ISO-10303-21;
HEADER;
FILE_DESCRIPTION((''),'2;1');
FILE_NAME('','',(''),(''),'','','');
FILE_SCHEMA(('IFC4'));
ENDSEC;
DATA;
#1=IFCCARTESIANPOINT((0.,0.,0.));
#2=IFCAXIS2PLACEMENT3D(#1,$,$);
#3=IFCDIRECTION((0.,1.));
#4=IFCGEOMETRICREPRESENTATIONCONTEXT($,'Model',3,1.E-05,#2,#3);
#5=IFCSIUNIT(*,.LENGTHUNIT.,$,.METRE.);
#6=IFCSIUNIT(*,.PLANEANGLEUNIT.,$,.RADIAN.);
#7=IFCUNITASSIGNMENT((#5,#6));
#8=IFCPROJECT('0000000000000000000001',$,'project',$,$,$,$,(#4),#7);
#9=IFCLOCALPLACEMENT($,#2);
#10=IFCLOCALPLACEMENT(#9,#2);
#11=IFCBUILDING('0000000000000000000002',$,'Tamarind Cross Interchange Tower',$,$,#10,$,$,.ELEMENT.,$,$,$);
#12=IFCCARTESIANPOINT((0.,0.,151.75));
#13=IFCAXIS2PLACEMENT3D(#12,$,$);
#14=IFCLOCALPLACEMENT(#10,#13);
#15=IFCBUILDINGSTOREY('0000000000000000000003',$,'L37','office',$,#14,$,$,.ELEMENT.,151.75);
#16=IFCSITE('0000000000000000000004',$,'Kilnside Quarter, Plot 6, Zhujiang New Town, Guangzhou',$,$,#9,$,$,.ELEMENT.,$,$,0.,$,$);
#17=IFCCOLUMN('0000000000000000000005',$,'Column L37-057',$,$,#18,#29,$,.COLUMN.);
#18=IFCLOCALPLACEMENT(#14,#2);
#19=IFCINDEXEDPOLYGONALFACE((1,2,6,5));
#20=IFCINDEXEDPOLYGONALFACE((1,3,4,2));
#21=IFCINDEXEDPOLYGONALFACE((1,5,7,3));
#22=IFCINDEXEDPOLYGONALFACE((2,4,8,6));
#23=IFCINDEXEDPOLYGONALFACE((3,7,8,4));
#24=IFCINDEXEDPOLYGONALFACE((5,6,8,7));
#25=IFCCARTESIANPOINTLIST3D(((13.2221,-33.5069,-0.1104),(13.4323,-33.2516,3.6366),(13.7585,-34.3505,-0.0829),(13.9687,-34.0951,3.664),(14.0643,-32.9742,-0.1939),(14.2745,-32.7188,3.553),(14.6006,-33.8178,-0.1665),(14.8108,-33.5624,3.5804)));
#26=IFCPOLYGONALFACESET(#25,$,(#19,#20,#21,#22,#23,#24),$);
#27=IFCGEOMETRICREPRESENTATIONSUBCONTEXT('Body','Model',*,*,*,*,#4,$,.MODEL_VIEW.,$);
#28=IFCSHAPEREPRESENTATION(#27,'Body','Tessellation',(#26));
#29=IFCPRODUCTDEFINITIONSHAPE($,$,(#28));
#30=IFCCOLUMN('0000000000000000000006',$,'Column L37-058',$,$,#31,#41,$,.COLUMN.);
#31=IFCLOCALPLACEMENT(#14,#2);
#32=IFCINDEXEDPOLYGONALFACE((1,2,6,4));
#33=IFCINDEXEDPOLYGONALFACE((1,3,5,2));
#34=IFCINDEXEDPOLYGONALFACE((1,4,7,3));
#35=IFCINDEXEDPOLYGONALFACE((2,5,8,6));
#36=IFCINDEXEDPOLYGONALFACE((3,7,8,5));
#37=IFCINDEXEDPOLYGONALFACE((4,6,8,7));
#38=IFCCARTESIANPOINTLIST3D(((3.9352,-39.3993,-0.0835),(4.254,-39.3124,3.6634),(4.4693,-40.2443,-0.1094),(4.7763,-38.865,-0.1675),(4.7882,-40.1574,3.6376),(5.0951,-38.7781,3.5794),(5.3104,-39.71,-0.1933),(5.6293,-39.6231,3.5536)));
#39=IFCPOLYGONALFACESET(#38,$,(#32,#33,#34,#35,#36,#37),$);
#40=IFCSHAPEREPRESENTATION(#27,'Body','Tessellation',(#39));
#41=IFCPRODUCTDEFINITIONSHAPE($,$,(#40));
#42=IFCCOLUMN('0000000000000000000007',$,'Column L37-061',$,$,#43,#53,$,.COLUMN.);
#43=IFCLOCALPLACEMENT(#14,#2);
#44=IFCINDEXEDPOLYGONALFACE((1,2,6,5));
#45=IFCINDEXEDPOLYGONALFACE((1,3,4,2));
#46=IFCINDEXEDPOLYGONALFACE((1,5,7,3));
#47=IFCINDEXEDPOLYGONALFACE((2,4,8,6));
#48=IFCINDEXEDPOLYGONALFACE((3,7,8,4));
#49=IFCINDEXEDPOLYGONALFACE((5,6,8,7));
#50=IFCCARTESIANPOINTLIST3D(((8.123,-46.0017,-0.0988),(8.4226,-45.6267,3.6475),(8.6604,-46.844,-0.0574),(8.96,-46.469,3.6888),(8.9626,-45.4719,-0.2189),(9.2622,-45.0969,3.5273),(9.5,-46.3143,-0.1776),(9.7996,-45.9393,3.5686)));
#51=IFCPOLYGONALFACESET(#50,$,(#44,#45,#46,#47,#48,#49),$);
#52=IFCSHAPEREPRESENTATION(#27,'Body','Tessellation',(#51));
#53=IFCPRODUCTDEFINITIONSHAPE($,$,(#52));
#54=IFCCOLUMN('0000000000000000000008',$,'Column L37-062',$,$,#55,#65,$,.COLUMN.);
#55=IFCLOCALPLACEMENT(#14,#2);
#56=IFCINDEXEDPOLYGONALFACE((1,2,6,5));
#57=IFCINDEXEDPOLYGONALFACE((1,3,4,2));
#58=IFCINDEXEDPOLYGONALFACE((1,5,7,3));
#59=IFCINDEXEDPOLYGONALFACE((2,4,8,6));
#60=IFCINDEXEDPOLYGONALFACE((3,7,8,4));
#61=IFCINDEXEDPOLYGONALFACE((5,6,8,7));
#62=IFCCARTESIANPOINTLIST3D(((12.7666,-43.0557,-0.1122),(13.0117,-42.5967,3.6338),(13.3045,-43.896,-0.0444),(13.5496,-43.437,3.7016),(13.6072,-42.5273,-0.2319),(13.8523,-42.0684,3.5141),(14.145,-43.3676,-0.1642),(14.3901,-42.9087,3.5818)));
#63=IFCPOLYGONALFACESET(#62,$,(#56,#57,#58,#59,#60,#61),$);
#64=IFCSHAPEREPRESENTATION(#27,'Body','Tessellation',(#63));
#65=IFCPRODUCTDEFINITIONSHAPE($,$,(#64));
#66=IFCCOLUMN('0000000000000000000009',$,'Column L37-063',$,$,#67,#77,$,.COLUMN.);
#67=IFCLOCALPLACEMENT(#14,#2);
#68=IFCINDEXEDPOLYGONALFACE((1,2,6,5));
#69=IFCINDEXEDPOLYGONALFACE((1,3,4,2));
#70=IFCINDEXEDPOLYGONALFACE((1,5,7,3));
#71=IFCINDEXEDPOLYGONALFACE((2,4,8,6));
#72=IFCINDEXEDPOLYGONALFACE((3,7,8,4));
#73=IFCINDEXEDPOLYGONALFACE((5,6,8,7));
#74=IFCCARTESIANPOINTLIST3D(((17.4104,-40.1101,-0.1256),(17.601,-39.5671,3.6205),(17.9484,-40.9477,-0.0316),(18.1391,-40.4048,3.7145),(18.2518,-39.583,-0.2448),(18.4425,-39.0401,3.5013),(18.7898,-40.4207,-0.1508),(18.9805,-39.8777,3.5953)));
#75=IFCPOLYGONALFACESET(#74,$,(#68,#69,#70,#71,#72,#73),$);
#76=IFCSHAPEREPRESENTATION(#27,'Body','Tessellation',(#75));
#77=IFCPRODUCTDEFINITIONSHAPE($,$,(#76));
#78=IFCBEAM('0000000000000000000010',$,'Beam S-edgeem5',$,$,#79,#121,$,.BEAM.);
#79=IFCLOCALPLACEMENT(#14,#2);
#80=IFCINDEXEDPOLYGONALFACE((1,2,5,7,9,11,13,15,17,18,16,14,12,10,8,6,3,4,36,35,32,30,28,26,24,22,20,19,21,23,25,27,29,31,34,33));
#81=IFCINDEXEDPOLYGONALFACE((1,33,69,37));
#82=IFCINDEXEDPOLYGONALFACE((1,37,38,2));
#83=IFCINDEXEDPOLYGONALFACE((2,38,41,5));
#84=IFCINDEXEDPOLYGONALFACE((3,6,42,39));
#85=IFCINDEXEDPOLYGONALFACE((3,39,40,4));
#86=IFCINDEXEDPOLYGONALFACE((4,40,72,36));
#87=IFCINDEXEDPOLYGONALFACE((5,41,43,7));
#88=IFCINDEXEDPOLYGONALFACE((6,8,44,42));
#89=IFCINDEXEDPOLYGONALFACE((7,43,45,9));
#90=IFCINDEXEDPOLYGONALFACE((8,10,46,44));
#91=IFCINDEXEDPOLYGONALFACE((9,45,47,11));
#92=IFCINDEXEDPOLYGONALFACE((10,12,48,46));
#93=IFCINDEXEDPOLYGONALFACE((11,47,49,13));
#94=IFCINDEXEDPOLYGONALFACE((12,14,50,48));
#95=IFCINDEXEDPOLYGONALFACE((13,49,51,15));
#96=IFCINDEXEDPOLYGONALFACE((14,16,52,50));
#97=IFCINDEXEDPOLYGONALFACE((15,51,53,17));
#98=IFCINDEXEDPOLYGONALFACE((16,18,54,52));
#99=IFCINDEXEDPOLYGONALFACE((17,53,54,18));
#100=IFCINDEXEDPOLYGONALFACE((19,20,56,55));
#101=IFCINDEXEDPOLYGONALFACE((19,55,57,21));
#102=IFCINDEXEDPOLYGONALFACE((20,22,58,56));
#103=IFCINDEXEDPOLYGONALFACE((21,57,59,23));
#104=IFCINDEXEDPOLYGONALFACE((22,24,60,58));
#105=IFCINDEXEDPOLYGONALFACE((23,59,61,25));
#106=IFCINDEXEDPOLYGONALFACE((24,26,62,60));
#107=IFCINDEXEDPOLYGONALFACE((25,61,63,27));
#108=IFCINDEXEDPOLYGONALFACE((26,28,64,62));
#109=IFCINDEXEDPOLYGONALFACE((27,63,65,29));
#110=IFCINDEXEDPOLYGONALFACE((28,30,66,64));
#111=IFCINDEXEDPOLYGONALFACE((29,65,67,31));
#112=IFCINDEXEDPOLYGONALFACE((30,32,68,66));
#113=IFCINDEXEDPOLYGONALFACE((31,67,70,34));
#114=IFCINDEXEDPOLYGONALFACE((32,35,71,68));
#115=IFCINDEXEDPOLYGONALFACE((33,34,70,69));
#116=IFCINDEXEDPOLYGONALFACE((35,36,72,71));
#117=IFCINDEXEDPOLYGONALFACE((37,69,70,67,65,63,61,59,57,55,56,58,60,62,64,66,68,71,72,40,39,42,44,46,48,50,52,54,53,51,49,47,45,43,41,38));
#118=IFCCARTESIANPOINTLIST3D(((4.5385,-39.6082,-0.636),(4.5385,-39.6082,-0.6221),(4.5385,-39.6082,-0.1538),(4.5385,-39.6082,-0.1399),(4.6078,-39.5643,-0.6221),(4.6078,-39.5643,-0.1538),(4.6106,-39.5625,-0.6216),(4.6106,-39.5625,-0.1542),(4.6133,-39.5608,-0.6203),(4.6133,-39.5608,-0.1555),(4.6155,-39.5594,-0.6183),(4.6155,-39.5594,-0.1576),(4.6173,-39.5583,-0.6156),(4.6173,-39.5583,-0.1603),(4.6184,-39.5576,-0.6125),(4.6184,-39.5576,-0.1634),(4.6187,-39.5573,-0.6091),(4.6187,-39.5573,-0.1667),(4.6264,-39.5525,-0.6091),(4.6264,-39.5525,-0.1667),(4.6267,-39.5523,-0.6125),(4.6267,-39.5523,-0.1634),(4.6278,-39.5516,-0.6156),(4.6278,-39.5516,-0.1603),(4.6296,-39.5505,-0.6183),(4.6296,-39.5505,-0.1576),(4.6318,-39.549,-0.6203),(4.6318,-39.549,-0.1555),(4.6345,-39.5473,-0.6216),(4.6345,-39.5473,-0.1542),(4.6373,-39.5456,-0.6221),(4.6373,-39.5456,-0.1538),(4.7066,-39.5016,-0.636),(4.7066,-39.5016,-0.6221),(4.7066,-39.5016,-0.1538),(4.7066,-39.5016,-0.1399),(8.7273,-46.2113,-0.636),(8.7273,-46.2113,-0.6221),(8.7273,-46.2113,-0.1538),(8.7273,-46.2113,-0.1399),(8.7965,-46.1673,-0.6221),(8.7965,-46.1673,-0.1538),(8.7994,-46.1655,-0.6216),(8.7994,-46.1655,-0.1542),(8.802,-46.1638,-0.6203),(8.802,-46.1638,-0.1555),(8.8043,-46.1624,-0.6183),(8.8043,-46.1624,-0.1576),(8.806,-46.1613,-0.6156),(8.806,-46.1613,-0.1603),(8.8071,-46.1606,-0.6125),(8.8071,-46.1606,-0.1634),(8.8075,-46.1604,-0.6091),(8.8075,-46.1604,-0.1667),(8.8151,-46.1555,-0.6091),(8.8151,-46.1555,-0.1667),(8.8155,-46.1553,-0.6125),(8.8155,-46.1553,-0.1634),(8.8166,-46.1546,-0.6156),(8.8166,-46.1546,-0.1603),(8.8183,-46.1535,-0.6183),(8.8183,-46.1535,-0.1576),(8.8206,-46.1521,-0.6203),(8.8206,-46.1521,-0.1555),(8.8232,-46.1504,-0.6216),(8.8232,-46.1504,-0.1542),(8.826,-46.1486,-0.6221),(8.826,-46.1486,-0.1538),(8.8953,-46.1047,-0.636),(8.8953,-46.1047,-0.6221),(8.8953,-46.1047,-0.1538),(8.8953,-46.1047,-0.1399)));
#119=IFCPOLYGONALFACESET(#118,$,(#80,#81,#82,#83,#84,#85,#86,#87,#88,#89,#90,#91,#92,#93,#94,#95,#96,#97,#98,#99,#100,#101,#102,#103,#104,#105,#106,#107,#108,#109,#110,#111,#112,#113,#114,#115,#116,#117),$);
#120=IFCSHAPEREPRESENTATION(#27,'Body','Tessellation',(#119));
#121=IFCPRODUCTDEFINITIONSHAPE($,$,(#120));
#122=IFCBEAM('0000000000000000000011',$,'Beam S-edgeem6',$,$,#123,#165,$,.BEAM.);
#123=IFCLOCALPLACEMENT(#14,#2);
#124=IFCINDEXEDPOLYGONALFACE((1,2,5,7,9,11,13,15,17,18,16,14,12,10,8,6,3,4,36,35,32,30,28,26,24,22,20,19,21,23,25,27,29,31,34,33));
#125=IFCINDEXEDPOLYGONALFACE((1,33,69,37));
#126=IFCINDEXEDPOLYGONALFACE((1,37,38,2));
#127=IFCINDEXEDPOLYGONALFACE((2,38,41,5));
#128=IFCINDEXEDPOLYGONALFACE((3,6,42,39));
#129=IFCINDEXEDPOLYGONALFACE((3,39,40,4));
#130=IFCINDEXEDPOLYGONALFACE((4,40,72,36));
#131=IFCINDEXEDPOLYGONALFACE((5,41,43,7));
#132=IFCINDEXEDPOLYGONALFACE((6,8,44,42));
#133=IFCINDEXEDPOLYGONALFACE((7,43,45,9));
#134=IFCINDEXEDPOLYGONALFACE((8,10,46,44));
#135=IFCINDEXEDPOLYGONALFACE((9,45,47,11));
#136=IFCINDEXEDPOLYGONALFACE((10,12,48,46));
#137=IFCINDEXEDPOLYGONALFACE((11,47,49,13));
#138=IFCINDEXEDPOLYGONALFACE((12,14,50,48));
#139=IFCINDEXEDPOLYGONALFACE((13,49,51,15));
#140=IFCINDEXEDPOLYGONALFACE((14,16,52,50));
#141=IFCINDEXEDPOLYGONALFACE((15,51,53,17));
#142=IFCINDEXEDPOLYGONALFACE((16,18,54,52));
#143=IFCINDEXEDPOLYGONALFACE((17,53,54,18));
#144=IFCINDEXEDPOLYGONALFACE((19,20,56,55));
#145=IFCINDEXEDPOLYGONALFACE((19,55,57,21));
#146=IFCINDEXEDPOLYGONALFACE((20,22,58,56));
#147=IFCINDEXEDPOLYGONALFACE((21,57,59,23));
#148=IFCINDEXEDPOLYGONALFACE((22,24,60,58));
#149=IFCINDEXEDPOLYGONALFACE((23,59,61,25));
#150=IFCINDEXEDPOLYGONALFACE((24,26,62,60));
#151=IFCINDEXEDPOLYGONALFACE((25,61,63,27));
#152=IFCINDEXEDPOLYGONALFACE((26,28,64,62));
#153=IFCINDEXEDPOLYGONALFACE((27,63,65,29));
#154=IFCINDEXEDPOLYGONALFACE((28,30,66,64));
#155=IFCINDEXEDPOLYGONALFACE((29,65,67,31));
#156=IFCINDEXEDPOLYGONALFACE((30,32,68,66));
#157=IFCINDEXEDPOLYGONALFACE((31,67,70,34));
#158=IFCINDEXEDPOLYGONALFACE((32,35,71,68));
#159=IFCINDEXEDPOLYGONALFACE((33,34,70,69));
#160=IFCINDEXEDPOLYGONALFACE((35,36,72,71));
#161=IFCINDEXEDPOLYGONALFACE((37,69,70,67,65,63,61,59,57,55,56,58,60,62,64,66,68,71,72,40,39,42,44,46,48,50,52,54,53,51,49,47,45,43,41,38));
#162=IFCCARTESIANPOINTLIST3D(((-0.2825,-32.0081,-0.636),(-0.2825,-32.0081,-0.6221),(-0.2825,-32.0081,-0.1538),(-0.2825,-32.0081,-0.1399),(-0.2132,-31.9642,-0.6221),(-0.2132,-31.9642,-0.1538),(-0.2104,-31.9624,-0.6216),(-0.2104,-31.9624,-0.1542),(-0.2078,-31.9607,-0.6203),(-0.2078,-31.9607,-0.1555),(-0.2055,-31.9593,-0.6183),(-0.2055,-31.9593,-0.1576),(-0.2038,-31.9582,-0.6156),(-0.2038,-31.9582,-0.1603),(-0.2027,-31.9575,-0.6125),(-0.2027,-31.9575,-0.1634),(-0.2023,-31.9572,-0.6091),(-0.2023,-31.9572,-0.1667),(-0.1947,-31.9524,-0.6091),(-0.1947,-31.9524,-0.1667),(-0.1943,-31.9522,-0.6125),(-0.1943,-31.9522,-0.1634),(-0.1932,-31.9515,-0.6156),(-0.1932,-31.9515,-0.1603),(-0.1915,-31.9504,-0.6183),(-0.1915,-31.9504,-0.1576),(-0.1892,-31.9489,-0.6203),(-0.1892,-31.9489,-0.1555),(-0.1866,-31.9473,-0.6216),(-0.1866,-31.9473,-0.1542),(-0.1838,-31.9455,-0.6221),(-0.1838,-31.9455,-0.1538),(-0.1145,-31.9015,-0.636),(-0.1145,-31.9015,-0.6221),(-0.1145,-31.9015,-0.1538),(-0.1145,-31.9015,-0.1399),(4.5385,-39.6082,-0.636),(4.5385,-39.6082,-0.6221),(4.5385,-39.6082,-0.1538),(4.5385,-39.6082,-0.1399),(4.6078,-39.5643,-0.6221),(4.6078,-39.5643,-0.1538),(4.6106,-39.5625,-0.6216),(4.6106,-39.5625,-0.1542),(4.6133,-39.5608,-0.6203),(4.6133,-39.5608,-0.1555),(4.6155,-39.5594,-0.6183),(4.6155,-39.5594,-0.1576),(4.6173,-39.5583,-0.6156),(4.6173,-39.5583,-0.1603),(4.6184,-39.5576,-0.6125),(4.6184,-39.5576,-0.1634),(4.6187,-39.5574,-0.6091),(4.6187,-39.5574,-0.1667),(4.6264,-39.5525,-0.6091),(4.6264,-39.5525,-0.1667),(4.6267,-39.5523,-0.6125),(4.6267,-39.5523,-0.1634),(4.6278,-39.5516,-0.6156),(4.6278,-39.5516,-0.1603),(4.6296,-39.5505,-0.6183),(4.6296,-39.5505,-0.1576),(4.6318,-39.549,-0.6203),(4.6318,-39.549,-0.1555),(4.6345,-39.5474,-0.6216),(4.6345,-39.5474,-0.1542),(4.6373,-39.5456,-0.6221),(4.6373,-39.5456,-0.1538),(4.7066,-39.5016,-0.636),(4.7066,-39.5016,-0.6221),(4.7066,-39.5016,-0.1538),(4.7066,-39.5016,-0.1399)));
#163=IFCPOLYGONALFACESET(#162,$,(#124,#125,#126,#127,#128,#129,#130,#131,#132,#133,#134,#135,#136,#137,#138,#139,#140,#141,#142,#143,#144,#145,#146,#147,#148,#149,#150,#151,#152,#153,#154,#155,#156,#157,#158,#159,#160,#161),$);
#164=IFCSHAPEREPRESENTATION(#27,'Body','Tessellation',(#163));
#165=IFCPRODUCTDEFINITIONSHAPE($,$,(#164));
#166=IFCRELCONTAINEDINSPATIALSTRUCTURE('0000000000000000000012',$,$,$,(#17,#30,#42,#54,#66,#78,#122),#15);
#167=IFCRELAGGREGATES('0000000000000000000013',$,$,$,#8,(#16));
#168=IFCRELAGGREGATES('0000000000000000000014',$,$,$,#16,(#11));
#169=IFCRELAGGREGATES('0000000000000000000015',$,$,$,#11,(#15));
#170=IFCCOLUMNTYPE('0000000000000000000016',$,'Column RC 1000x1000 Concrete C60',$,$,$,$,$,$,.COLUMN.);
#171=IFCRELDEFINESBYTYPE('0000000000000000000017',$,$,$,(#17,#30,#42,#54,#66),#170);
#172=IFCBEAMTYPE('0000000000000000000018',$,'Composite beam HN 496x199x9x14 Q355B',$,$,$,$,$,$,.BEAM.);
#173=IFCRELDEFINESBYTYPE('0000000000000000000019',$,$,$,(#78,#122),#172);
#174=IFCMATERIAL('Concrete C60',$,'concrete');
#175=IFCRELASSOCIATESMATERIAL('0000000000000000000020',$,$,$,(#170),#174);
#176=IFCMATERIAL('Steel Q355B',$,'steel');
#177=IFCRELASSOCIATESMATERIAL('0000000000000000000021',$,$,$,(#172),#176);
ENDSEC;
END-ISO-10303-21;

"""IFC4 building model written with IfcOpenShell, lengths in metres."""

from ifc_helpers import new_model, si_unit, direction, frame, origin, origin_2d, place, context, subcontext, project, spatial, rectangle, i_section, extrude, material, material_profile, profile_set, type_object, element, save


model = new_model("IFC4")

# Units and contexts
model_context = context("Model", 3, precision=1e-05, world=origin(), true_north=direction((0.0, 1.0)))
body_context = subcontext(model_context, "Body", "Model", "MODEL_VIEW")
ifc_project = project(units=[si_unit("LENGTHUNIT", "METRE"), si_unit("PLANEANGLEUNIT", "RADIAN")], contexts=[model_context])

# Site, building, storey
site_placement = place(None, origin())
site = spatial("IfcSite", under=ifc_project, at=site_placement, Name="Kilnside Quarter, Plot 6, Zhujiang New Town, Guangzhou", CompositionType="ELEMENT", RefElevation=0.0)
building_placement = place(site_placement, origin())
building = spatial("IfcBuilding", under=site, at=building_placement, Name="Tamarind Cross Interchange Tower", CompositionType="ELEMENT")
storey_placement = place(building_placement, frame((0.0, 0.0, 151.75)))
storey = spatial("IfcBuildingStorey", under=building, at=storey_placement, Name="L37", Description="office", CompositionType="ELEMENT", Elevation=151.75)

# Columns
ifc_material_1 = material(Name="Concrete C60", Category="concrete")
ifc_material_profile_1 = material_profile(ifc_material_1, rectangle(XDim=1.0, YDim=1.0, at=origin_2d()), Name="RC 1000x1000")
ifc_profile_set_1 = profile_set([ifc_material_profile_1], Name="Concrete C60")
column_type = type_object("IfcColumnType", Name="Column RC 1000x1000 Concrete C60", PredefinedType="COLUMN", material=ifc_profile_set_1)
for number, where, z_axis, x_axis, name in (
    (1, (13.9114, -33.6624, -0.1384), (0.055885, 0.067893, 0.996126), (-0.842156, -0.532722, 0.083555), "Column L37-057"),
    (2, (4.6228, -39.5547, -0.1384), (0.084769, 0.023107, 0.996133), (-0.534165, 0.844985, 0.025856), "Column L37-058"),
):
    element("IfcColumn", number, at=place(storey_placement, frame(where, z_axis=z_axis, x_axis=x_axis)), inside=storey, type_object=column_type, Name=name, PredefinedType="COLUMN", context=body_context, shape_type="SweptSolid", body=[
        extrude(rectangle(XDim=1.0, YDim=1.0, at=origin_2d()), origin(), (0.0, 0.0, 1.0), 3.7615),
    ])
column_1_placement = place(storey_placement, frame((8.8115, -46.158, -0.1382), z_axis=(0.079313, 0.099286, 0.991893), x_axis=(-0.839603, -0.529743, 0.120162)))
element("IfcColumn", 3, at=column_1_placement, inside=storey, type_object=column_type, Name="Column L37-061", PredefinedType="COLUMN", context=body_context, shape_type="SweptSolid", body=[
    extrude(rectangle(XDim=1.0, YDim=1.0, at=origin_2d()), origin(), (0.0, 0.0, 1.0), 3.7769),
])
column_2_placement = place(storey_placement, frame((13.4558, -43.2117, -0.1382), z_axis=(0.064811, 0.121358, 0.990491), x_axis=(-0.840541, -0.528351, 0.119734)))
element("IfcColumn", 4, at=column_2_placement, inside=storey, type_object=column_type, Name="Column L37-062", PredefinedType="COLUMN", context=body_context, shape_type="SweptSolid", body=[
    extrude(rectangle(XDim=1.0, YDim=1.0, at=origin_2d()), origin(), (0.0, 0.0, 1.0), 3.782),
])
column_3_placement = place(storey_placement, frame((18.1001, -40.2654, -0.1382), z_axis=(0.050309, 0.143262, 0.988405), x_axis=(-0.841435, -0.527043, 0.119219)))
element("IfcColumn", 5, at=column_3_placement, inside=storey, type_object=column_type, Name="Column L37-063", PredefinedType="COLUMN", context=body_context, shape_type="SweptSolid", body=[
    extrude(rectangle(XDim=1.0, YDim=1.0, at=origin_2d()), origin(), (0.0, 0.0, 1.0), 3.79),
])

# Beams
ifc_material_2 = material(Name="Steel Q355B", Category="steel")
ifc_material_profile_2 = material_profile(ifc_material_2, i_section(OverallWidth=0.199, OverallDepth=0.4961, WebThickness=0.009, FlangeThickness=0.0139, FilletRadius=0.0129, at=origin_2d()), Name="HN 496x199x9x14")
ifc_profile_set_2 = profile_set([ifc_material_profile_2], Name="Steel Q355B")
beam_type_1 = type_object("IfcBeamType", Name="Composite beam HN 496x199x9x14 Q355B", PredefinedType="BEAM", material=ifc_profile_set_2)
beam_1_placement = place(storey_placement, frame((8.8113, -46.158, -0.3879), z_axis=(-0.535673, 0.844426, 0.0), x_axis=(-0.844426, -0.535673, 0.0)))
element("IfcBeam", 6, at=beam_1_placement, inside=storey, type_object=beam_type_1, Name="Beam S-edgeem5", PredefinedType="BEAM", context=body_context, shape_type="SweptSolid", body=[
    extrude(i_section(OverallWidth=0.199, OverallDepth=0.4961, WebThickness=0.009, FlangeThickness=0.0139, FilletRadius=0.0129, at=origin_2d()), origin(), (0.0, 0.0, 1.0), 7.8196),
])
beam_2_placement = place(storey_placement, frame((4.6226, -39.5549, -0.3879), z_axis=(-0.535659, 0.844435, 0.0), x_axis=(-0.844435, -0.535659, 0.0)))
element("IfcBeam", 7, at=beam_2_placement, inside=storey, type_object=beam_type_1, Name="Beam S-edgeem6", PredefinedType="BEAM", context=body_context, shape_type="SweptSolid", body=[
    extrude(i_section(OverallWidth=0.199, OverallDepth=0.4961, WebThickness=0.009, FlangeThickness=0.0139, FilletRadius=0.0129, at=origin_2d()), origin(), (0.0, 0.0, 1.0), 9.0002),
])

save(model, "model.ifc")
